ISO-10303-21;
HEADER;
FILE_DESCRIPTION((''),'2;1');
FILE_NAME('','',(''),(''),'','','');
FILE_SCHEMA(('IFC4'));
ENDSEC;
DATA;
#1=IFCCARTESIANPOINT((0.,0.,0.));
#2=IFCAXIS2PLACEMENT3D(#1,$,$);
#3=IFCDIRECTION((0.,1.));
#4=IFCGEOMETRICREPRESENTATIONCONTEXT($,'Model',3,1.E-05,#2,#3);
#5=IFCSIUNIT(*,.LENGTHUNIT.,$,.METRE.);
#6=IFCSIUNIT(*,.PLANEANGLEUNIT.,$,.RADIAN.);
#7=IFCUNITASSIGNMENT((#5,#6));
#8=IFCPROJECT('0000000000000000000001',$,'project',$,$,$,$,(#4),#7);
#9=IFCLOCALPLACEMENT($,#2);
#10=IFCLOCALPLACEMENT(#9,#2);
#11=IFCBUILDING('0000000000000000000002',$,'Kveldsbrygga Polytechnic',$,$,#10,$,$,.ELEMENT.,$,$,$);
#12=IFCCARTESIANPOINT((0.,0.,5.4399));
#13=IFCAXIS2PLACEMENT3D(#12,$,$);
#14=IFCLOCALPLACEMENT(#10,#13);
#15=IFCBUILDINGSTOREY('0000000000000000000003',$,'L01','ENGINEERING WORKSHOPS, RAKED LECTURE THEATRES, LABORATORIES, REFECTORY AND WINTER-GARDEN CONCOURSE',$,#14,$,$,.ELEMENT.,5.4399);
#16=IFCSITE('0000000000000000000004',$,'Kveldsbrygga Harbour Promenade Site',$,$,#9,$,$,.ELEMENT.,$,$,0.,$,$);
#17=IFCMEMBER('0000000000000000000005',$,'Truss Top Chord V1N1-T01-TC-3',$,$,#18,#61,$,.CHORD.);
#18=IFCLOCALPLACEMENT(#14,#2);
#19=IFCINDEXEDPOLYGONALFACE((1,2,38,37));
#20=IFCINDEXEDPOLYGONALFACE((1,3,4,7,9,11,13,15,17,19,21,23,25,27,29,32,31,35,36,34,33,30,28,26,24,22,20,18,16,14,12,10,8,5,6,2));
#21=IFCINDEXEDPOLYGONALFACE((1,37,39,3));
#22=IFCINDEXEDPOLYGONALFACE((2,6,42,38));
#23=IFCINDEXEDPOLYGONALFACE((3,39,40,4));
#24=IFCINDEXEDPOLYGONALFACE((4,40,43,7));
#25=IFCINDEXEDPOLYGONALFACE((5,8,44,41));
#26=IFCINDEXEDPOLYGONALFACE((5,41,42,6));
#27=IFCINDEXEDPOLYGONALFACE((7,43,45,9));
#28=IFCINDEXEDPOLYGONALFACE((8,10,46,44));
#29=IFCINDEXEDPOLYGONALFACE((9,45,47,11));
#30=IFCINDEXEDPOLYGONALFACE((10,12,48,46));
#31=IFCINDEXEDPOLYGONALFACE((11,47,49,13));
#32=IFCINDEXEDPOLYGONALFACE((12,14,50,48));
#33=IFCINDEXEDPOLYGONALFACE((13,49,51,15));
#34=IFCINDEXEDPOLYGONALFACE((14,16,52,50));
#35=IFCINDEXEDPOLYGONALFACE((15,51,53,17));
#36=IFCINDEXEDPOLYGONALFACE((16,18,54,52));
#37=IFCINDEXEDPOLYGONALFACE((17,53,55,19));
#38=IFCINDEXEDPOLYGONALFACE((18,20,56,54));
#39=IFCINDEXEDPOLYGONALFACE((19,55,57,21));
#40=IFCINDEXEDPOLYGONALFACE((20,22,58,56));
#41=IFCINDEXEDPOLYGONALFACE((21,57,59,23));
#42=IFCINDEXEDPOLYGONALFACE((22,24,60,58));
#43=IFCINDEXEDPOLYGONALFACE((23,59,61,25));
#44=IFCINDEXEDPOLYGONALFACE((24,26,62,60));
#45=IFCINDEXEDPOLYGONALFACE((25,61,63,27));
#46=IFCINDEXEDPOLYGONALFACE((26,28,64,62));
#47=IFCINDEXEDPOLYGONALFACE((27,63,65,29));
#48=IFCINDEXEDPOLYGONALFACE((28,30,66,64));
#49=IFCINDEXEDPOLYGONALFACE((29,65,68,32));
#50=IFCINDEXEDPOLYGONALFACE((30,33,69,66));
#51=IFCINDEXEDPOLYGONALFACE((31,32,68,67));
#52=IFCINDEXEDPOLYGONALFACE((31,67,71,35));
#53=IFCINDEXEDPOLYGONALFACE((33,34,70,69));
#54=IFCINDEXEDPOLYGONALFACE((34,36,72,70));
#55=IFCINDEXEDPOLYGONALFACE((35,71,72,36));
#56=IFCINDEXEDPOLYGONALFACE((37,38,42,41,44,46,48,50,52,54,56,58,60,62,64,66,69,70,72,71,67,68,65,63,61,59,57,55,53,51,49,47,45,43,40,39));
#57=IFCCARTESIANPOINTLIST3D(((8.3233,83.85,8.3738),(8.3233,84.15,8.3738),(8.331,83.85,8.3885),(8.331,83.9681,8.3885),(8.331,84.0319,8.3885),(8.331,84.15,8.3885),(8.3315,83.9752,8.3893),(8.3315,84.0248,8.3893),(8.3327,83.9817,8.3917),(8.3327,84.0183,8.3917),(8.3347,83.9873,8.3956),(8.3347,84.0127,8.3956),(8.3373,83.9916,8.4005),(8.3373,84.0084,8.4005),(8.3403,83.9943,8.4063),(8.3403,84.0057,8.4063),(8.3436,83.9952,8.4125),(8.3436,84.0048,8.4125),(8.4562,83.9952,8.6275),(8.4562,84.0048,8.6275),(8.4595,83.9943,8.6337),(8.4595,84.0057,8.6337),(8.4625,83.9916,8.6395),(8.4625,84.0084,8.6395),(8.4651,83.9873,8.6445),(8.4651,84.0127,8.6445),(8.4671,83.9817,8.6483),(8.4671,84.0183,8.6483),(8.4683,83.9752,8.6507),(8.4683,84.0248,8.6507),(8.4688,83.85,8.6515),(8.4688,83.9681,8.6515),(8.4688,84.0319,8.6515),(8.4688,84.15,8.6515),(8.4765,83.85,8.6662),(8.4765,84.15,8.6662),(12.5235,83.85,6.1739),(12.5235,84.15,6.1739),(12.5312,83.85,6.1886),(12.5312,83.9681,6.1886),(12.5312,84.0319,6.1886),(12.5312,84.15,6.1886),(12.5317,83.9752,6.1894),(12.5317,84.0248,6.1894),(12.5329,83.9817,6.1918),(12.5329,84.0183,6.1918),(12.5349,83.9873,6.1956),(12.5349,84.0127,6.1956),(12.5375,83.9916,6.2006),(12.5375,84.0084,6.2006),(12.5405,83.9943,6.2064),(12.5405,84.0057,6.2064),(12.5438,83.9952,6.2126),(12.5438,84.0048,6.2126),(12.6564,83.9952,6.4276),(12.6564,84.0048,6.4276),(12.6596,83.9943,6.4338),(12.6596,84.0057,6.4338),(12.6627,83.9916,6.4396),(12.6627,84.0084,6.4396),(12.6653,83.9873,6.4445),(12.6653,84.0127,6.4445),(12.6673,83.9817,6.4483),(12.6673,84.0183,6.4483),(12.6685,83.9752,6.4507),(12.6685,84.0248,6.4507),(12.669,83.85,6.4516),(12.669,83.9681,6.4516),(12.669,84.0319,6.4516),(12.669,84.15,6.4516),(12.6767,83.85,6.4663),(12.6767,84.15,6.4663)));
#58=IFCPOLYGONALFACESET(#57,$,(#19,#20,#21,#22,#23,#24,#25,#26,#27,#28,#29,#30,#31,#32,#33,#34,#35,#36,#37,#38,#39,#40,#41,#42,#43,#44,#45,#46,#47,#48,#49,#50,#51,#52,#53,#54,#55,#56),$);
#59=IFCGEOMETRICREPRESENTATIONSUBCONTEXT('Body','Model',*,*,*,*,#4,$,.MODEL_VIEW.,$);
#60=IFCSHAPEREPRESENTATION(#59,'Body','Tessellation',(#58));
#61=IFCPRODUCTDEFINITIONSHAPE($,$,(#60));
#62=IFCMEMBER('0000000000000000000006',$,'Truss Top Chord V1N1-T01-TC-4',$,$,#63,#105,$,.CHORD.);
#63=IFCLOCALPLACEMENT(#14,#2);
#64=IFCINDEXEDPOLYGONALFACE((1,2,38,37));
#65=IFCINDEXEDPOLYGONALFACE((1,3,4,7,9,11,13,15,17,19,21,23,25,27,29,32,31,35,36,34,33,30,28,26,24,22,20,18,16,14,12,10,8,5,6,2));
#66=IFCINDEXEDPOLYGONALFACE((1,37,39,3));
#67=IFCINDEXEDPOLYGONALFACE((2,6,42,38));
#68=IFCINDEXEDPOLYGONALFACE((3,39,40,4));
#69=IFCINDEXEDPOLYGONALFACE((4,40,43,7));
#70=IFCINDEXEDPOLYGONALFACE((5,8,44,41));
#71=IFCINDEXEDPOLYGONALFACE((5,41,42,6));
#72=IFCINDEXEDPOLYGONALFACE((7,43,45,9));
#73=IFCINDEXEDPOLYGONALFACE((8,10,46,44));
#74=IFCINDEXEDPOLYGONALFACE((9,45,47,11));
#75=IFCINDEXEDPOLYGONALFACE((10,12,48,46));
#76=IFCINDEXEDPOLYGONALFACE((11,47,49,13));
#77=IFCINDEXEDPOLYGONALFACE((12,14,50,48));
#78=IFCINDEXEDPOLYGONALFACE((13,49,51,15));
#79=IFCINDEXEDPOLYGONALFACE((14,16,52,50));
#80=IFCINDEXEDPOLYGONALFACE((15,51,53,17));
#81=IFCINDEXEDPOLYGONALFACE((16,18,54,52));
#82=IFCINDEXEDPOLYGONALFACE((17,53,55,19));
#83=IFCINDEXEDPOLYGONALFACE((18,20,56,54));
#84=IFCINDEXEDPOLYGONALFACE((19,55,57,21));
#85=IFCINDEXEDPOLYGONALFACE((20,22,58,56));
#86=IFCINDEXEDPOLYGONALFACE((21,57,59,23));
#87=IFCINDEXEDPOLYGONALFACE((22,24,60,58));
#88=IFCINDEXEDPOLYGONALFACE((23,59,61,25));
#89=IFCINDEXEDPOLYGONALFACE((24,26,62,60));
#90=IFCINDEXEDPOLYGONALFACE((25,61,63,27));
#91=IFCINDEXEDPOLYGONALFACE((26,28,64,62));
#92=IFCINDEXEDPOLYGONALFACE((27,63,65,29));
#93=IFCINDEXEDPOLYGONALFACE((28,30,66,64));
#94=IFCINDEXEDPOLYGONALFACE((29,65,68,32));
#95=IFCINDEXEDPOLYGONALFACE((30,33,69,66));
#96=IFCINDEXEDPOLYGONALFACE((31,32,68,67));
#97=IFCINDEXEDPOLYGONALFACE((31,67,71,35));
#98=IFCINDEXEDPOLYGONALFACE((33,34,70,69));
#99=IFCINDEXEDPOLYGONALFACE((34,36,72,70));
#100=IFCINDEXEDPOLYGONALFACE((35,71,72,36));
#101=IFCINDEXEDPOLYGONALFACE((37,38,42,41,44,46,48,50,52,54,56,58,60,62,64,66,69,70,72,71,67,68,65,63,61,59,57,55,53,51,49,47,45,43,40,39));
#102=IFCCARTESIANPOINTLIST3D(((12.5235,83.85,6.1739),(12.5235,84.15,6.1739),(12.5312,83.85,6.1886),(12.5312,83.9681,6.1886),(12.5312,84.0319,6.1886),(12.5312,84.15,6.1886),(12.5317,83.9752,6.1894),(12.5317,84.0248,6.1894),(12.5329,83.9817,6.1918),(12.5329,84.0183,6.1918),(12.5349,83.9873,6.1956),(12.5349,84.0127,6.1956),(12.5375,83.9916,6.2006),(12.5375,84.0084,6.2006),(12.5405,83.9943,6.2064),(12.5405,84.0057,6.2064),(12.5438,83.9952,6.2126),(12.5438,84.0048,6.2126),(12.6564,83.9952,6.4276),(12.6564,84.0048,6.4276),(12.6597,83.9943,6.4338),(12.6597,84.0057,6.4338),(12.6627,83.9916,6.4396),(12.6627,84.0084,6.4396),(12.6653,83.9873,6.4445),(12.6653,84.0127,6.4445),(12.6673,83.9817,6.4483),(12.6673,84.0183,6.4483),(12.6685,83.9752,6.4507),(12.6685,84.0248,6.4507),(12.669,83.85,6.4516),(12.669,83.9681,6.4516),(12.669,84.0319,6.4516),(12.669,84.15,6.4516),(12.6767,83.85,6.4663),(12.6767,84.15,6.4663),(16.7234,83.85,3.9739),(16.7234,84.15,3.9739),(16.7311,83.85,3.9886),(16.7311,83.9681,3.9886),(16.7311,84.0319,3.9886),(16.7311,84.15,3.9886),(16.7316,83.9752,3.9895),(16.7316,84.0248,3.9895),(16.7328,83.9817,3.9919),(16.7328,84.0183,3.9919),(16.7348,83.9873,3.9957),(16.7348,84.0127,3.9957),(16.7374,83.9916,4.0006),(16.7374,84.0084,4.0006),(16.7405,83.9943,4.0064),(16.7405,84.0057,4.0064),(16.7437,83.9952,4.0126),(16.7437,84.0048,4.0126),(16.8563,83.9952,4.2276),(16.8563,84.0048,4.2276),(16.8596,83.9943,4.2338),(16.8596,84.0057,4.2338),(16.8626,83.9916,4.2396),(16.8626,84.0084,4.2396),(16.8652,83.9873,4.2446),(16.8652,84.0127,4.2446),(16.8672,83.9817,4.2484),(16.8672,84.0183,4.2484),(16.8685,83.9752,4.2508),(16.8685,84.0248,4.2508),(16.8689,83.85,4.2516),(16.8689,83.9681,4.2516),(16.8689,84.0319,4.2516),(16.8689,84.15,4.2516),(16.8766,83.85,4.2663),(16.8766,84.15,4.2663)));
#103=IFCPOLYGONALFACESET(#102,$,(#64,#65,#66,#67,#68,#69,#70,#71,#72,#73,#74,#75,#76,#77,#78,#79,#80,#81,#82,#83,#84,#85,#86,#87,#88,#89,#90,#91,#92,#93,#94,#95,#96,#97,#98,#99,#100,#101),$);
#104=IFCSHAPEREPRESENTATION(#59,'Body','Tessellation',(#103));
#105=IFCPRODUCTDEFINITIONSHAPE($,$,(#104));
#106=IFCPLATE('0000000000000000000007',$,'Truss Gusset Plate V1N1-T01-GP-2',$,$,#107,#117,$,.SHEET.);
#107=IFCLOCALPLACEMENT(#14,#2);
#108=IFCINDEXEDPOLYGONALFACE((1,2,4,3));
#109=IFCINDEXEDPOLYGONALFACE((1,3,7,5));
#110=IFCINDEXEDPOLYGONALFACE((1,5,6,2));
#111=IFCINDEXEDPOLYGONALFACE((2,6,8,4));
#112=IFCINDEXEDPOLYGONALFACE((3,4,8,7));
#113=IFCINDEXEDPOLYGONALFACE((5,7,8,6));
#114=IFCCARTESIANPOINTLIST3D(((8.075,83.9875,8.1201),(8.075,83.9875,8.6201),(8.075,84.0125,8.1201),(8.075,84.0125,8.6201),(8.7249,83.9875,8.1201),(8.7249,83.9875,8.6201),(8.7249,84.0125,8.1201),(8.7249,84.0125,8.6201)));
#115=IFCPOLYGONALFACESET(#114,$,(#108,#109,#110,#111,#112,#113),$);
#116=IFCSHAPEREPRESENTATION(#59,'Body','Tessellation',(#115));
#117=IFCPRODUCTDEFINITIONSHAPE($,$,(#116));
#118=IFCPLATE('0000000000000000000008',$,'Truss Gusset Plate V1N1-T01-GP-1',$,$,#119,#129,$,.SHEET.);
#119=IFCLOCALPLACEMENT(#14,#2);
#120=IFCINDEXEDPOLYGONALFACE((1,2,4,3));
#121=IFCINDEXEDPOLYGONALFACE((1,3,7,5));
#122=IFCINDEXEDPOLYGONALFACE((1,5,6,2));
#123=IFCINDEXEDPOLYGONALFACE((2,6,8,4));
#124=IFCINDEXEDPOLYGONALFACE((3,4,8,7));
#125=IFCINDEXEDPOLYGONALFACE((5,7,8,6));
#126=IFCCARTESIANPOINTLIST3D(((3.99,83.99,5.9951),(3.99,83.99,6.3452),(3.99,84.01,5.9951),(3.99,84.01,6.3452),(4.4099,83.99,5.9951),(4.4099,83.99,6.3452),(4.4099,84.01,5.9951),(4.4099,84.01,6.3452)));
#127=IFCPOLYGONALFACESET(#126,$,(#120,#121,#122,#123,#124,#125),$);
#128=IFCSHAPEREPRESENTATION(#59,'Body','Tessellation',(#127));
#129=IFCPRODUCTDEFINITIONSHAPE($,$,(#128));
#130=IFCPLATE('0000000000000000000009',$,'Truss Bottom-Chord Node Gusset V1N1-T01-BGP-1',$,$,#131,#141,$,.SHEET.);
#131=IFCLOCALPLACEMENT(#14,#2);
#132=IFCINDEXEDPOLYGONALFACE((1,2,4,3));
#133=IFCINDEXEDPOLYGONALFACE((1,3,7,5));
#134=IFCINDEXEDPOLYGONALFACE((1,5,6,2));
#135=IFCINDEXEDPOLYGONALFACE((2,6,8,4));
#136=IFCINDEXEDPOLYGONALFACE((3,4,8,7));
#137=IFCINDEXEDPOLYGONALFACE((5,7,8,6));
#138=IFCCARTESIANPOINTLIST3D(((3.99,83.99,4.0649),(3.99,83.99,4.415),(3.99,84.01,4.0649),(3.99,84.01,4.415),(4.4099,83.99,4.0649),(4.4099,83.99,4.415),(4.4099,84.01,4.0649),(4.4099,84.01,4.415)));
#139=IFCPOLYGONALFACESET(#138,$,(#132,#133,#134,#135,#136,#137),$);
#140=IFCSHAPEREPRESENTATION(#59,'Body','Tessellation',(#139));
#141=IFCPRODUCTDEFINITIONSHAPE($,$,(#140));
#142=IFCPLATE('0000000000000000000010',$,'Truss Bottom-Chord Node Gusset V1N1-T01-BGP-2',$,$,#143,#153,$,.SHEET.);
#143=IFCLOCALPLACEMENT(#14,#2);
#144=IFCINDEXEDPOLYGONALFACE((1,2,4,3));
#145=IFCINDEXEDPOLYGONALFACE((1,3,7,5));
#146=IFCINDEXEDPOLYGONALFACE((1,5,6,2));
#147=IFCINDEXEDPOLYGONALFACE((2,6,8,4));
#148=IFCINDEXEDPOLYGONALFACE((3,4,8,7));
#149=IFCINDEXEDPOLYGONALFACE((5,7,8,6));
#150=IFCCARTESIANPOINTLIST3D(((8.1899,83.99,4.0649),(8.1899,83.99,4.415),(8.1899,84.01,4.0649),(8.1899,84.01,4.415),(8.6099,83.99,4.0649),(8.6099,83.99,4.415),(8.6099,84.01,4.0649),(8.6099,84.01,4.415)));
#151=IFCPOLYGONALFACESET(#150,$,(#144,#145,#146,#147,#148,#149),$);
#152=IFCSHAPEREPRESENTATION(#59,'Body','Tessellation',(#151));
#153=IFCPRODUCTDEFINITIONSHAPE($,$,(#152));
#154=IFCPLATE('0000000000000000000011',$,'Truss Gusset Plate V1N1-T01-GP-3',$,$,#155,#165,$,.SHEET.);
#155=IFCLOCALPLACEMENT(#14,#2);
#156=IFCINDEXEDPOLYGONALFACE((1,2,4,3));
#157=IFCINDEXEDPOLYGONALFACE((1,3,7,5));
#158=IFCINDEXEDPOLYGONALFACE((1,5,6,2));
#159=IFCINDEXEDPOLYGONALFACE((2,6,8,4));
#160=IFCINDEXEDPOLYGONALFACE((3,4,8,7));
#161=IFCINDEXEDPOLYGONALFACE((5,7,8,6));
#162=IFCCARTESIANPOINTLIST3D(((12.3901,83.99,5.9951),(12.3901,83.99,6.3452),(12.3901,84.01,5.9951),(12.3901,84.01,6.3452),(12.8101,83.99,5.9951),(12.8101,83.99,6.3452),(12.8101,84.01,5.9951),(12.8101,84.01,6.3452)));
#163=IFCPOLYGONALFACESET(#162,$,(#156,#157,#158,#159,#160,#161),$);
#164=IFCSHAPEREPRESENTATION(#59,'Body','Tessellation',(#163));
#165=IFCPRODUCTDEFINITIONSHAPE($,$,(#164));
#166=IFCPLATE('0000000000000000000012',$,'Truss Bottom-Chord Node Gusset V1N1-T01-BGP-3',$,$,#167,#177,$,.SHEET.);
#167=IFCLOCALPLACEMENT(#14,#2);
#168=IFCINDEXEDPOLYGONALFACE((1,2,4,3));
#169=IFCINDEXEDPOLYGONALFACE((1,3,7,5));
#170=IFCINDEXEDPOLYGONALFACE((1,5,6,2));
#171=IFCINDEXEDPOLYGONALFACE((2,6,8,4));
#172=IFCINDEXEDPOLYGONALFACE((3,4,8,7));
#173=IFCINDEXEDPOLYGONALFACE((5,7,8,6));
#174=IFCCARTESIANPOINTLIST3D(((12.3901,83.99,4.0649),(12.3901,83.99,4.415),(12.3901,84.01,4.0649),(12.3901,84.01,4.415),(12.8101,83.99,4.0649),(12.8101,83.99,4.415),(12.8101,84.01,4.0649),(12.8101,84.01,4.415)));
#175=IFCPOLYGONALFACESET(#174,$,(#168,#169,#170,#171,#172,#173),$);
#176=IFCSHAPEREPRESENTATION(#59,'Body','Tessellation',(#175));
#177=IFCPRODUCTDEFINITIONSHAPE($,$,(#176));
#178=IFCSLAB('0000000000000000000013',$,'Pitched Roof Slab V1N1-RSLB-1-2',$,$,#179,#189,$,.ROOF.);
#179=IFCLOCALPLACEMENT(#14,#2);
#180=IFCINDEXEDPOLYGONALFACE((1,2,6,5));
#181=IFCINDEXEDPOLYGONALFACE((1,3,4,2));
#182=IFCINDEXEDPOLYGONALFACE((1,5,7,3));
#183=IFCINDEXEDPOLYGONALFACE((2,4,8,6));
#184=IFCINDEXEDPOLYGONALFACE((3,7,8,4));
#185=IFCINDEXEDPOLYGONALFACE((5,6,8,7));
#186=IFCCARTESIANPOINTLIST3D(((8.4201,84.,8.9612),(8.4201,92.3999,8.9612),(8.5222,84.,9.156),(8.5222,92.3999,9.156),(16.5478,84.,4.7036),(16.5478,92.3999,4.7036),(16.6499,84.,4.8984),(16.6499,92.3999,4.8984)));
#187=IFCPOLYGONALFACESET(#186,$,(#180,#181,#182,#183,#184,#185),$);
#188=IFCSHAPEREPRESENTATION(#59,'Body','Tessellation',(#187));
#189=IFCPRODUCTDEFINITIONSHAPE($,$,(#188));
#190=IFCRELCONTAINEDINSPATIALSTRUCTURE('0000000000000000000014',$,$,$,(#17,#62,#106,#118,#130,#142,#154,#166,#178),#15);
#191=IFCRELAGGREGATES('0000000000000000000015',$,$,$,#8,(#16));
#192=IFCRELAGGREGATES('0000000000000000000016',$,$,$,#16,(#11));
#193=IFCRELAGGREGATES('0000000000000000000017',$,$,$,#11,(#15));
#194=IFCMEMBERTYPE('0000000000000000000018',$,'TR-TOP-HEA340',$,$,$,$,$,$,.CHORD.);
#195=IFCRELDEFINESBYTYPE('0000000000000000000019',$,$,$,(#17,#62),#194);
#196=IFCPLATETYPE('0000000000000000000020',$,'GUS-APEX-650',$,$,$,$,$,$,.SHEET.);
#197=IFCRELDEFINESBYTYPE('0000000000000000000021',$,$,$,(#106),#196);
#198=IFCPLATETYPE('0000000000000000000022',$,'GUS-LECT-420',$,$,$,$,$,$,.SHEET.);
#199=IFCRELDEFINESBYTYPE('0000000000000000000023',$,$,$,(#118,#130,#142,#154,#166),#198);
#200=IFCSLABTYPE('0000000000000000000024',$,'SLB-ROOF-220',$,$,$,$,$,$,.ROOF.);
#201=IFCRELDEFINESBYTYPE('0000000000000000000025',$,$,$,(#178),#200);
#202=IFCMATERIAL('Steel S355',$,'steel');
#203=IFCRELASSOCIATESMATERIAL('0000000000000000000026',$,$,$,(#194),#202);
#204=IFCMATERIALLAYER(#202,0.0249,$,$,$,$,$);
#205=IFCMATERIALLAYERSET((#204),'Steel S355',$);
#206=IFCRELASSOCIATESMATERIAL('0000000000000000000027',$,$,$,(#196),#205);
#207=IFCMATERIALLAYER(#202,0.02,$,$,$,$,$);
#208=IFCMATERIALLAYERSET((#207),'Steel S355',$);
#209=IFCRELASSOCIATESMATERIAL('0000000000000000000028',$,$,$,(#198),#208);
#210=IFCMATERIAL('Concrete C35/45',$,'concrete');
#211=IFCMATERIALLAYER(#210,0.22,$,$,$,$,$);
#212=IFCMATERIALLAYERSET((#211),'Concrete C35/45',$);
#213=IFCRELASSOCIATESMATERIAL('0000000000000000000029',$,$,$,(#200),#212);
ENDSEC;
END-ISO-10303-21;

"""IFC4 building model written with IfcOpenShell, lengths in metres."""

from ifc_helpers import new_model, si_unit, direction, frame, origin, origin_2d, place, context, subcontext, project, spatial, polyline, rectangle, i_section, outline, extrude, material, layer, layer_set, material_profile, profile_set, type_object, element, save


model = new_model("IFC4")

# Units and contexts
model_context = context("Model", 3, precision=1e-05, world=origin(), true_north=direction((0.0, 1.0)))
body_context = subcontext(model_context, "Body", "Model", "MODEL_VIEW")
ifc_project = project(units=[si_unit("LENGTHUNIT", "METRE"), si_unit("PLANEANGLEUNIT", "RADIAN")], contexts=[model_context])

# Site, building, storey
site_placement = place(None, origin())
site = spatial("IfcSite", under=ifc_project, at=site_placement, Name="Kveldsbrygga Harbour Promenade Site", CompositionType="ELEMENT", RefElevation=0.0)
building_placement = place(site_placement, origin())
building = spatial("IfcBuilding", under=site, at=building_placement, Name="Kveldsbrygga Polytechnic", CompositionType="ELEMENT")
storey_placement = place(building_placement, frame((0.0, 0.0, 5.4399)))
storey = spatial("IfcBuildingStorey", under=building, at=storey_placement, Name="L01", Description="ENGINEERING WORKSHOPS, RAKED LECTURE THEATRES, LABORATORIES, REFECTORY AND WINTER-GARDEN CONCOURSE", CompositionType="ELEMENT", Elevation=5.4399)

# Shared definitions
ifc_material_1 = material(Name="Steel S355", Category="steel")

# Members
ifc_material_profile_1 = material_profile(ifc_material_1, i_section(OverallWidth=0.3, OverallDepth=0.3301, WebThickness=0.0095, FlangeThickness=0.0166, FilletRadius=0.0271, at=origin_2d()), Name="HEA 340")
ifc_profile_set_1 = profile_set([ifc_material_profile_1], Name="Steel S355")
member_type_1 = type_object("IfcMemberType", Name="TR-TOP-HEA340", PredefinedType="CHORD", material=ifc_profile_set_1)
member_1_placement = place(storey_placement, frame((8.3999, 84.0, 8.52), z_axis=(0.885845, 0.0, -0.463982), x_axis=(0.0, 1.0, 0.0)))
element("IfcMember", 1, at=member_1_placement, inside=storey, type_object=member_type_1, Name="Truss Top Chord V1N1-T01-TC-3", PredefinedType="CHORD", context=body_context, shape_type="SweptSolid", body=[
    extrude(i_section(OverallWidth=0.3, OverallDepth=0.3301, WebThickness=0.0095, FlangeThickness=0.0166, FilletRadius=0.0271, at=origin_2d()), origin(), (0.0, 0.0, 1.0), 4.7415),
])
member_2_placement = place(storey_placement, frame((12.6001, 84.0, 6.3201), z_axis=(0.885834, 0.0, -0.464003), x_axis=(0.0, 1.0, 0.0)))
element("IfcMember", 2, at=member_2_placement, inside=storey, type_object=member_type_1, Name="Truss Top Chord V1N1-T01-TC-4", PredefinedType="CHORD", context=body_context, shape_type="SweptSolid", body=[
    extrude(i_section(OverallWidth=0.3, OverallDepth=0.3301, WebThickness=0.0095, FlangeThickness=0.0166, FilletRadius=0.0271, at=origin_2d()), origin(), (0.0, 0.0, 1.0), 4.7412),
])

# Plates
ifc_layer_1 = layer(ifc_material_1, 0.0249)
ifc_layer_set_1 = layer_set([ifc_layer_1], Name="Steel S355")
plate_type_1 = type_object("IfcPlateType", Name="GUS-APEX-650", PredefinedType="SHEET", material=ifc_layer_set_1)
plate_placement = place(storey_placement, frame((8.3999, 84.0, 8.1201), z_axis=(0.0, 0.0, 1.0), x_axis=(1.0, 0.0, 0.0)))
element("IfcPlate", 3, at=plate_placement, inside=storey, type_object=plate_type_1, Name="Truss Gusset Plate V1N1-T01-GP-2", PredefinedType="SHEET", context=body_context, shape_type="SweptSolid", body=[
    extrude(rectangle(XDim=0.6499, YDim=0.0249, at=origin_2d()), origin(), (0.0, 0.0, 1.0), 0.5),
])
ifc_layer_2 = layer(ifc_material_1, 0.02)
ifc_layer_set_2 = layer_set([ifc_layer_2], Name="Steel S355")
plate_type_2 = type_object("IfcPlateType", Name="GUS-LECT-420", PredefinedType="SHEET", material=ifc_layer_set_2)
for number, where, z_axis, x_axis, name in (
    (4, (4.2, 84.0, 5.9951), (0.0, 0.0, 1.0), (1.0, 0.0, 0.0), "Truss Gusset Plate V1N1-T01-GP-1"),
    (5, (4.2, 84.0, 4.0649), (0.0, 0.0, 1.0), (1.0, 0.0, 0.0), "Truss Bottom-Chord Node Gusset V1N1-T01-BGP-1"),
    (6, (8.3999, 84.0, 4.0649), (0.0, 0.0, 1.0), (1.0, 0.0, 0.0), "Truss Bottom-Chord Node Gusset V1N1-T01-BGP-2"),
    (7, (12.6001, 84.0, 5.9951), (0.0, 0.0, 1.0), (1.0, 0.0, 0.0), "Truss Gusset Plate V1N1-T01-GP-3"),
    (8, (12.6001, 84.0, 4.0649), (0.0, 0.0, 1.0), (1.0, 0.0, 0.0), "Truss Bottom-Chord Node Gusset V1N1-T01-BGP-3"),
):
    element("IfcPlate", number, at=place(storey_placement, frame(where, z_axis=z_axis, x_axis=x_axis)), inside=storey, type_object=plate_type_2, Name=name, PredefinedType="SHEET", context=body_context, shape_type="SweptSolid", body=[
        extrude(rectangle(XDim=0.4199, YDim=0.02, at=origin_2d()), origin(), (0.0, 0.0, 1.0), 0.3501),
    ])

# Slab
ifc_material_2 = material(Name="Concrete C35/45", Category="concrete")
ifc_layer_3 = layer(ifc_material_2, 0.22)
ifc_layer_set_3 = layer_set([ifc_layer_3], Name="Concrete C35/45")
slab_type = type_object("IfcSlabType", Name="SLB-ROOF-220", PredefinedType="ROOF", material=ifc_layer_set_3)
slab_placement = place(storey_placement, frame((8.5222, 84.0, 9.156), z_axis=(0.464025, 0.0, 0.885822), x_axis=(0.885822, 0.0, -0.464025)))
element("IfcSlab", 9, at=slab_placement, inside=storey, type_object=slab_type, Name="Pitched Roof Slab V1N1-RSLB-1-2", PredefinedType="ROOF", context=body_context, shape_type="SweptSolid", body=[
    extrude(outline(polyline([(0.0, 0.0), (9.1753, 0.0), (9.1753, 8.3999), (0.0, 8.3999), (0.0, 0.0)])), origin(), (0.0, 0.0, -1.0), 0.22),
])

save(model, "model.ifc")
